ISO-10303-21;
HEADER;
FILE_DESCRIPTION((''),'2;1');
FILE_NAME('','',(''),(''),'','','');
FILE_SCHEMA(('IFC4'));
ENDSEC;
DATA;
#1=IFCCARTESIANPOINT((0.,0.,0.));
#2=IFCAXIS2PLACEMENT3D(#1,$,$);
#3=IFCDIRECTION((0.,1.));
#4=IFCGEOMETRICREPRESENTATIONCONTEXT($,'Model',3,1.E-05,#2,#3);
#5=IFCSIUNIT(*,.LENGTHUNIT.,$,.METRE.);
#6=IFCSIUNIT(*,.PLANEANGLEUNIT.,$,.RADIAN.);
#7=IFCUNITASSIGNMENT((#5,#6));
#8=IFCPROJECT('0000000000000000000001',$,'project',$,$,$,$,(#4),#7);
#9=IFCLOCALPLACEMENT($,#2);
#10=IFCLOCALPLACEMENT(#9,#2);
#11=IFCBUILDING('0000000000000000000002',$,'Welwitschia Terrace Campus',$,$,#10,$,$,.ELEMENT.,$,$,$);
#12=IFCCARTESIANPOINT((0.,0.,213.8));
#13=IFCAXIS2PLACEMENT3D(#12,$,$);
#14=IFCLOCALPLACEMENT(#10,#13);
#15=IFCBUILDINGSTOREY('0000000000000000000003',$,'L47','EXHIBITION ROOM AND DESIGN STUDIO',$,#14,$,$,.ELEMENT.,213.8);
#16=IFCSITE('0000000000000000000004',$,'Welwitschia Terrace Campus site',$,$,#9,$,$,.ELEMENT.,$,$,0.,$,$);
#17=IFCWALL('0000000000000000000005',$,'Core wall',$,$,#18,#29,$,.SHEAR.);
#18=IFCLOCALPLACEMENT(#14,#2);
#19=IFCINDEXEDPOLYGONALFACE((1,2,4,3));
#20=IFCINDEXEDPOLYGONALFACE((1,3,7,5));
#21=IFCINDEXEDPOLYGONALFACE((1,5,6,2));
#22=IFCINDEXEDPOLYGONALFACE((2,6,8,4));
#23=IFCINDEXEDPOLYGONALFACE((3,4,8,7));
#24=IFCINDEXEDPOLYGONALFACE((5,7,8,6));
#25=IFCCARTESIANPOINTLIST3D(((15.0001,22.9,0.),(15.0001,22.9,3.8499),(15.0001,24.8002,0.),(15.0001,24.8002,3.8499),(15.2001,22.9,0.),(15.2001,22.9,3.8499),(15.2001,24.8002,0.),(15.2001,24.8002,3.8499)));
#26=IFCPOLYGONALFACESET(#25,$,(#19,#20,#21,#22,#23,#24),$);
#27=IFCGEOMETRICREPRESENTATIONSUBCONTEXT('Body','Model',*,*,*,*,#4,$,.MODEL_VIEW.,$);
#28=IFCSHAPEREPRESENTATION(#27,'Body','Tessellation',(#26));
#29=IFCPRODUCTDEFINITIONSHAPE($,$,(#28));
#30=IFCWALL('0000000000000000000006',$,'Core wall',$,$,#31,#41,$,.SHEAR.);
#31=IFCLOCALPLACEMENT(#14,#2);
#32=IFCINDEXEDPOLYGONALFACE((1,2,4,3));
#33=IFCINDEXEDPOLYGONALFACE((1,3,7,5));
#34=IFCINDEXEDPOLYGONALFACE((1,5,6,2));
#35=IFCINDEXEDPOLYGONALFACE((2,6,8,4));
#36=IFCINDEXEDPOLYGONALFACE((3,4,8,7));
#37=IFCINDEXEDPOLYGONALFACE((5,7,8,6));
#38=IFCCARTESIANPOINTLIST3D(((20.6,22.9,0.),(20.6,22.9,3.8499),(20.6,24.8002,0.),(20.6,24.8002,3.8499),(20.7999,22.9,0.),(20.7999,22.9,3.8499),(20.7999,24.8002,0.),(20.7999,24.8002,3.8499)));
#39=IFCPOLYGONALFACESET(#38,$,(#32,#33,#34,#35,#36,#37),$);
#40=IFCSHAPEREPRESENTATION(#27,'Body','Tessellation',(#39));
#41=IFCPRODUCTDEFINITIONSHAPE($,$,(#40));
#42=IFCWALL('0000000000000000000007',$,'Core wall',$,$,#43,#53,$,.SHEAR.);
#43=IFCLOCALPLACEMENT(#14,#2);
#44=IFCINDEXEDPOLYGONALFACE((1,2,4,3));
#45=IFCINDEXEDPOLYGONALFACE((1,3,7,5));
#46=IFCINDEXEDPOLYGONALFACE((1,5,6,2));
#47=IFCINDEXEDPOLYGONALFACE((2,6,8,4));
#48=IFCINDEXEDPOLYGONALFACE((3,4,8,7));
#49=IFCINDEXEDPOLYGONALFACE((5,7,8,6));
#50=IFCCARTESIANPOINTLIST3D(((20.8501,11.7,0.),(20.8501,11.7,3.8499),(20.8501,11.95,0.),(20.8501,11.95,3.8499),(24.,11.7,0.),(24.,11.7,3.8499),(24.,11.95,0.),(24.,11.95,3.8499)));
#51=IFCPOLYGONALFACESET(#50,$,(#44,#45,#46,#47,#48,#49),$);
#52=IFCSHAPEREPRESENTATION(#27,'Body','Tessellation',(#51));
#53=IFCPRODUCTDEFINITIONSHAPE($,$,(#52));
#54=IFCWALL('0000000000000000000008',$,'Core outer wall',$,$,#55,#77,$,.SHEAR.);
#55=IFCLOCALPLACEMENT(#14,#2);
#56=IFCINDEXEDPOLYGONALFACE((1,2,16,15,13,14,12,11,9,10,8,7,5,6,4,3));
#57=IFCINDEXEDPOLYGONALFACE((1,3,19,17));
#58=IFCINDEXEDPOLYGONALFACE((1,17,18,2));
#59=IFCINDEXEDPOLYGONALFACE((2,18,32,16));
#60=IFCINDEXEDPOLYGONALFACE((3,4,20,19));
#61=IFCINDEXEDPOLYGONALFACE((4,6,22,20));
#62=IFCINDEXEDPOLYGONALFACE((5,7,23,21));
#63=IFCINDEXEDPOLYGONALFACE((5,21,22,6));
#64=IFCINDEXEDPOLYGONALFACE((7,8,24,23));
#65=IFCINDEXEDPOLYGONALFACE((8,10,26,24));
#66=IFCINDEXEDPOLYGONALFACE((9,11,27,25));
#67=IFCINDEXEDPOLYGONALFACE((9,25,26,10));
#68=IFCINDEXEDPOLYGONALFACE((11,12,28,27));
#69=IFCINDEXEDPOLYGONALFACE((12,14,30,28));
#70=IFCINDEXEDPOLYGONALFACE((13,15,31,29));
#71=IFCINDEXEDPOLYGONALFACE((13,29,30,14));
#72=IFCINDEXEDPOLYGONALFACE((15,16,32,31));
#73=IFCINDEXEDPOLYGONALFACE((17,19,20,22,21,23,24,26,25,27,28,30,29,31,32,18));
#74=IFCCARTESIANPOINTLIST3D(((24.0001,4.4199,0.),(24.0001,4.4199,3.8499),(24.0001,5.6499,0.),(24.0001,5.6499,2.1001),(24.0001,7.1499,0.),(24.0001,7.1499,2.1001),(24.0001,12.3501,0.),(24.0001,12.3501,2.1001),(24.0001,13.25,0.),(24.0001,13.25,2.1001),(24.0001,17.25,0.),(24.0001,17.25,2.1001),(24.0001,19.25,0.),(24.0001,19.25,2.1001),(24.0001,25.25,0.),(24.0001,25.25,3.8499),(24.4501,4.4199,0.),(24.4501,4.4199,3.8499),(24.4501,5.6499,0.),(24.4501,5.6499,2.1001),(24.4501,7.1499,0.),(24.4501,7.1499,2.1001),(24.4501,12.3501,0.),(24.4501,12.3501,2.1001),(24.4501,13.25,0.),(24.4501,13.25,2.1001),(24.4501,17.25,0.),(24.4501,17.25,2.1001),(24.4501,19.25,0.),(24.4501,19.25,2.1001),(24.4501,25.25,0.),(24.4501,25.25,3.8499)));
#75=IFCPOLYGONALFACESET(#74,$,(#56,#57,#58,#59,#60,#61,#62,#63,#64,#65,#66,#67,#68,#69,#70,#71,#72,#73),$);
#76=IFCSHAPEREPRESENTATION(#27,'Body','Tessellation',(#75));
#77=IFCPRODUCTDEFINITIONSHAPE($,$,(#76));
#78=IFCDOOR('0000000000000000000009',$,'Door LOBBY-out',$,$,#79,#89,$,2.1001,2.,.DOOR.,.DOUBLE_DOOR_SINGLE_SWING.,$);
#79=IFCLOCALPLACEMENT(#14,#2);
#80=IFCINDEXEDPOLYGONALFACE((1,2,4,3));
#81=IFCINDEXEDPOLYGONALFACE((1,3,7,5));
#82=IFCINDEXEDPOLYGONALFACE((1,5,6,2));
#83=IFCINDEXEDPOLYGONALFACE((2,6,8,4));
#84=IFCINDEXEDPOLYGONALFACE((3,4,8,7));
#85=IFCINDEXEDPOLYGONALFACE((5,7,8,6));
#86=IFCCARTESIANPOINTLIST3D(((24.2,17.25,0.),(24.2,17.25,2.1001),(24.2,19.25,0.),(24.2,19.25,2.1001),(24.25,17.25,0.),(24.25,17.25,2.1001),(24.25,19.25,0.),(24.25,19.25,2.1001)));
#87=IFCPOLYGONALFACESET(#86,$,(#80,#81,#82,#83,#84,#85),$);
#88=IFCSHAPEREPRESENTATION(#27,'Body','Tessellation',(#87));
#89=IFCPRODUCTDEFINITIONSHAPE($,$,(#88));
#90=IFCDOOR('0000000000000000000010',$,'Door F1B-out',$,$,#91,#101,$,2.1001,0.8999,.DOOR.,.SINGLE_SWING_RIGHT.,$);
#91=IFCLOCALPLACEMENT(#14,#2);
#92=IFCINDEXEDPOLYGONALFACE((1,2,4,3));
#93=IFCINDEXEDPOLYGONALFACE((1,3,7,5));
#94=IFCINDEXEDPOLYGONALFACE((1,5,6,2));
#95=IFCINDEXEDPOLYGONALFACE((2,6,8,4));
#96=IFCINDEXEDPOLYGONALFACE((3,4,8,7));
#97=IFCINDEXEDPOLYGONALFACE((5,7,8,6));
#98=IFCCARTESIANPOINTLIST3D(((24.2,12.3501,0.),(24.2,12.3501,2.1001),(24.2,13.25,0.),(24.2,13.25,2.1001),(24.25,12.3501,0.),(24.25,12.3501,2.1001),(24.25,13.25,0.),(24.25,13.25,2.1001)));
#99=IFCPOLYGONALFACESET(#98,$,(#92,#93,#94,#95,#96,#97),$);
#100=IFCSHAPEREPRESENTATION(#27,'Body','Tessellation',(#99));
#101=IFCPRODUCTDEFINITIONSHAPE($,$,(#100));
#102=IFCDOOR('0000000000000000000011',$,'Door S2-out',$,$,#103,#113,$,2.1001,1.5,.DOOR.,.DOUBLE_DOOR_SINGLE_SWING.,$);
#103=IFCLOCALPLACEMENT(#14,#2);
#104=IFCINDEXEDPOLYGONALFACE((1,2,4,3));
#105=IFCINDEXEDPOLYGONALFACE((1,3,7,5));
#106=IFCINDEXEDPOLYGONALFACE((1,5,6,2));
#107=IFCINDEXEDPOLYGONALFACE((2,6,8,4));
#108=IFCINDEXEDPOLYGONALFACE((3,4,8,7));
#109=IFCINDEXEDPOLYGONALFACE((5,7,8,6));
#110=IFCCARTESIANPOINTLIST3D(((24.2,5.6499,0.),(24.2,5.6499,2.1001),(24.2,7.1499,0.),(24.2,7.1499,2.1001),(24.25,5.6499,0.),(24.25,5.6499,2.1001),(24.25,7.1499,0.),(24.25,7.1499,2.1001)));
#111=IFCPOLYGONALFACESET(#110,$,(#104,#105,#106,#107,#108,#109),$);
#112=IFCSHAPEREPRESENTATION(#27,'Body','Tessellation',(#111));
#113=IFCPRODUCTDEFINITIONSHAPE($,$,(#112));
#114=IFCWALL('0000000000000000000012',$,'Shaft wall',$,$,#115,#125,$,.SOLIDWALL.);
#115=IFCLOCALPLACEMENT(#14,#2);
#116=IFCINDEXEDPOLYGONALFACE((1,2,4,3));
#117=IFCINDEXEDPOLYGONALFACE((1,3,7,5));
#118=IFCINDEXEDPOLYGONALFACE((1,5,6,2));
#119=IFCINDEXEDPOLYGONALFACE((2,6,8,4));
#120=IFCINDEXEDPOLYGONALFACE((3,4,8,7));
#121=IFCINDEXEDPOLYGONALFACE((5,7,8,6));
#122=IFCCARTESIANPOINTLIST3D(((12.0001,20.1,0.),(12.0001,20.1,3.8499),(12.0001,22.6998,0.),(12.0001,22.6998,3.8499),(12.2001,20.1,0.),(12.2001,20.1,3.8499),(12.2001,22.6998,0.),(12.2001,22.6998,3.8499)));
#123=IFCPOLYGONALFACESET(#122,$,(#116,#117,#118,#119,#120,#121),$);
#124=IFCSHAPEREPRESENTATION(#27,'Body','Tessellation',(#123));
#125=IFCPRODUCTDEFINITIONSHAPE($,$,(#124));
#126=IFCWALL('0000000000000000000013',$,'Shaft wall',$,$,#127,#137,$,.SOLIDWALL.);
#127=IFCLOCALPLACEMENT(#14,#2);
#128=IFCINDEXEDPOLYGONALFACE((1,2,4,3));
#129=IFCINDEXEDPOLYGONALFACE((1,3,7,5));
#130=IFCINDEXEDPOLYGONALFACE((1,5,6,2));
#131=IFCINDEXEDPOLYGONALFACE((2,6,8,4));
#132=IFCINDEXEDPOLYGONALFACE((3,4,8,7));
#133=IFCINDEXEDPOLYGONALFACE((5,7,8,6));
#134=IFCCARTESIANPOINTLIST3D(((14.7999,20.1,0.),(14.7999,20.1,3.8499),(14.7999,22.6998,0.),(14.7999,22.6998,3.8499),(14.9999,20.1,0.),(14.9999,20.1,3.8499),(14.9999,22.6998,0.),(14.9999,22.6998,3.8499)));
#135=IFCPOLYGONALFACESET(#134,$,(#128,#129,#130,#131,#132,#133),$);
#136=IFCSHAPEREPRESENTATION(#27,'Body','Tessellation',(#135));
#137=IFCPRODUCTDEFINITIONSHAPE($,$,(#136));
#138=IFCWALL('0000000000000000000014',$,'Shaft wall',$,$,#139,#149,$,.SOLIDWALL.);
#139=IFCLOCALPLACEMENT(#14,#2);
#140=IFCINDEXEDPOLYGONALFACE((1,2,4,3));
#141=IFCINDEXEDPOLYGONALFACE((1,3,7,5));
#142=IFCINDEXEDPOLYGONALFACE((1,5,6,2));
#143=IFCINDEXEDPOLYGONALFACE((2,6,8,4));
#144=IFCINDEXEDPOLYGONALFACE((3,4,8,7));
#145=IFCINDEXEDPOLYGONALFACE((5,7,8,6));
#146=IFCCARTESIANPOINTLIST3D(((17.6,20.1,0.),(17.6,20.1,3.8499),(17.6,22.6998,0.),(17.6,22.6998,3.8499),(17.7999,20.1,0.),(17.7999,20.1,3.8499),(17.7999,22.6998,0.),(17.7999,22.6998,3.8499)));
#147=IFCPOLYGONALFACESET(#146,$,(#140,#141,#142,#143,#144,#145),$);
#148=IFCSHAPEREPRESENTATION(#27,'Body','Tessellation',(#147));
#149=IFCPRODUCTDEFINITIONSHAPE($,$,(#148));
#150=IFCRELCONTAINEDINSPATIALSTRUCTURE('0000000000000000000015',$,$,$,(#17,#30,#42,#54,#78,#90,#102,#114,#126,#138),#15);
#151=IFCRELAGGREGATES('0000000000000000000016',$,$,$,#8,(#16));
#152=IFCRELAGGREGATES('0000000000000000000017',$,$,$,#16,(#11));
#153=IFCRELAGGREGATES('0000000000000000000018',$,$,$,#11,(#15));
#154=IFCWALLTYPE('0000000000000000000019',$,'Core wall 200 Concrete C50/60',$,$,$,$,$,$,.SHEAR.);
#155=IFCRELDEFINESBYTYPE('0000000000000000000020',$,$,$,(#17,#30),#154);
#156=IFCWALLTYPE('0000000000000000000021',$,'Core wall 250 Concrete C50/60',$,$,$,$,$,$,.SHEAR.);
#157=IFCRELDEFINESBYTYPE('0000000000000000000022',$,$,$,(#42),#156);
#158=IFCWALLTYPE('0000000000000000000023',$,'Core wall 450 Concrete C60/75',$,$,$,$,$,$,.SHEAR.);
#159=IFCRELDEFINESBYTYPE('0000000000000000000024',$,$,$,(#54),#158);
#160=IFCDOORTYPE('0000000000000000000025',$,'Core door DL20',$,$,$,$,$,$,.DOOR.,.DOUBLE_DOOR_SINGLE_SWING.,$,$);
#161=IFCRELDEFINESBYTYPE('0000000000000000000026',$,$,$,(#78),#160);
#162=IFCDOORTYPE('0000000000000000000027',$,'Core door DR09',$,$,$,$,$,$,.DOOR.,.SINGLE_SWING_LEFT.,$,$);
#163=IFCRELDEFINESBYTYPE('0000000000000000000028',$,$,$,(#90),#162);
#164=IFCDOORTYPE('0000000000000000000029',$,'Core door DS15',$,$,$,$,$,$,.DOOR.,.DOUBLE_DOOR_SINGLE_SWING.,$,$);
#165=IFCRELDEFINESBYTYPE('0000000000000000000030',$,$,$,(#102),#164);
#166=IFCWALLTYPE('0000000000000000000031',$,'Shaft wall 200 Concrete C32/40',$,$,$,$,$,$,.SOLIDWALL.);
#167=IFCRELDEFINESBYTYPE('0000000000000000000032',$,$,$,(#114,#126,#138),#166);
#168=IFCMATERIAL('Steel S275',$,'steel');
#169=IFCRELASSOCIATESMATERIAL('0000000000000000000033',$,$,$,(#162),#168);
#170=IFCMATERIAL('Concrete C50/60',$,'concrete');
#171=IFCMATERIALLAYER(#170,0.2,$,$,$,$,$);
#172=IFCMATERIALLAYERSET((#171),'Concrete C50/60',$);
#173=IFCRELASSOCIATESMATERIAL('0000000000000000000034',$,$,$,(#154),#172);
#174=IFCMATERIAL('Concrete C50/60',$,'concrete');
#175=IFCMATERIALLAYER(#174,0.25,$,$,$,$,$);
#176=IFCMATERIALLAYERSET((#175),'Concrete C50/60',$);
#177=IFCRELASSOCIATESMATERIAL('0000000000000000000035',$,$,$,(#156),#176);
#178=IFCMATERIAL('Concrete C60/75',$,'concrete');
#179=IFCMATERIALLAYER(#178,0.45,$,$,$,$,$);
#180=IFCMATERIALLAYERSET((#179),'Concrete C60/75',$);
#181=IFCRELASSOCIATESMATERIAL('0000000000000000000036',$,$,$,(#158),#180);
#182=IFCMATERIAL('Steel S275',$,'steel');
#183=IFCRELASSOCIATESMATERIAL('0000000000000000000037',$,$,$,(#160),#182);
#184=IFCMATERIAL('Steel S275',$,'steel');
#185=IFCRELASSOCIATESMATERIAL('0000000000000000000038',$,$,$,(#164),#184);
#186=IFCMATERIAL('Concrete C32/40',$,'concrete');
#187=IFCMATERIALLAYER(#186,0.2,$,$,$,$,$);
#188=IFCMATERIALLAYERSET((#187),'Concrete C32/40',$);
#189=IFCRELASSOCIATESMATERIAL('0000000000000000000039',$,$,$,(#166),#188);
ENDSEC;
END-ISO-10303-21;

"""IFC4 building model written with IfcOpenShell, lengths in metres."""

from ifc_helpers import new_model, si_unit, direction, frame, frame_2d, origin, place, context, subcontext, project, spatial, rectangle, extrude, material, layer, layer_set, type_object, element, fill, save


model = new_model("IFC4")

# Units and contexts
model_context = context("Model", 3, precision=1e-05, world=origin(), true_north=direction((0.0, 1.0)))
body_context = subcontext(model_context, "Body", "Model", "MODEL_VIEW")
ifc_project = project(units=[si_unit("LENGTHUNIT", "METRE"), si_unit("PLANEANGLEUNIT", "RADIAN")], contexts=[model_context])

# Site, building, storey
site_placement = place(None, origin())
site = spatial("IfcSite", under=ifc_project, at=site_placement, Name="Welwitschia Terrace Campus site", CompositionType="ELEMENT", RefElevation=0.0)
building_placement = place(site_placement, origin())
building = spatial("IfcBuilding", under=site, at=building_placement, Name="Welwitschia Terrace Campus", CompositionType="ELEMENT")
storey_placement = place(building_placement, frame((0.0, 0.0, 213.8)))
storey = spatial("IfcBuildingStorey", under=building, at=storey_placement, Name="L47", Description="EXHIBITION ROOM AND DESIGN STUDIO", CompositionType="ELEMENT", Elevation=213.8)

# Shared definitions
ifc_material_1 = material(Name="Steel S275", Category="steel")
door_type_1 = type_object("IfcDoorType", Name="Core door DR09", OperationType="SINGLE_SWING_LEFT", PredefinedType="DOOR", material=ifc_material_1)

# Walls
ifc_material_2 = material(Name="Concrete C50/60", Category="concrete")
ifc_layer_1 = layer(ifc_material_2, 0.2)
ifc_layer_set_1 = layer_set([ifc_layer_1], Name="Concrete C50/60")
wall_type_1 = type_object("IfcWallType", Name="Core wall 200 Concrete C50/60", PredefinedType="SHEAR", material=ifc_layer_set_1)
for number, where, z_axis, x_axis, name in (
    (1, (15.1001, 22.8999, 0.0), (0.0, 0.0, 1.0), (0.0, 1.0, 0.0), "Core wall"),
    (2, (20.7, 22.8999, 0.0), (0.0, 0.0, 1.0), (0.0, 1.0, 0.0), "Core wall"),
):
    element("IfcWall", number, at=place(storey_placement, frame(where, z_axis=z_axis, x_axis=x_axis)), inside=storey, type_object=wall_type_1, Name=name, PredefinedType="SHEAR", context=body_context, shape_type="SweptSolid", body=[
        extrude(rectangle(XDim=1.9001, YDim=0.2, at=frame_2d((0.9502, 0.0))), origin(), (0.0, 0.0, 1.0), 3.8499),
    ])
ifc_material_3 = material(Name="Concrete C50/60", Category="concrete")
ifc_layer_2 = layer(ifc_material_3, 0.25)
ifc_layer_set_2 = layer_set([ifc_layer_2], Name="Concrete C50/60")
wall_type_2 = type_object("IfcWallType", Name="Core wall 250 Concrete C50/60", PredefinedType="SHEAR", material=ifc_layer_set_2)
wall_1_placement = place(storey_placement, frame((20.8501, 11.825, 0.0), z_axis=(0.0, 0.0, 1.0), x_axis=(1.0, 0.0, 0.0)))
element("IfcWall", 3, at=wall_1_placement, inside=storey, type_object=wall_type_2, Name="Core wall", PredefinedType="SHEAR", context=body_context, shape_type="SweptSolid", body=[
    extrude(rectangle(XDim=3.1499, YDim=0.25, at=frame_2d((1.575, 0.0))), origin(), (0.0, 0.0, 1.0), 3.8499),
])

# Wall, openings, doors
ifc_material_4 = material(Name="Concrete C60/75", Category="concrete")
ifc_layer_3 = layer(ifc_material_4, 0.45)
ifc_layer_set_3 = layer_set([ifc_layer_3], Name="Concrete C60/75")
wall_type_3 = type_object("IfcWallType", Name="Core wall 450 Concrete C60/75", PredefinedType="SHEAR", material=ifc_layer_set_3)
wall_2_placement = place(storey_placement, frame((24.2251, 25.25, 0.0), z_axis=(0.0, 0.0, 1.0), x_axis=(0.0, -1.0, 0.0)))
wall_2 = element("IfcWall", 4, at=wall_2_placement, inside=storey, type_object=wall_type_3, Name="Core outer wall", PredefinedType="SHEAR", context=body_context, shape_type="SweptSolid", body=[
    extrude(rectangle(XDim=20.8301, YDim=0.45, at=frame_2d((10.415, 0.0))), origin(), (0.0, 0.0, 1.0), 3.8499),
])
opening_1_placement = place(wall_2_placement, frame((18.1001, 0.0, 0.0)))
opening_1 = element("IfcOpeningElement", 5, at=opening_1_placement, cuts=wall_2, PredefinedType="OPENING", context=body_context, shape_type="SweptSolid", body=[
    extrude(rectangle(XDim=1.5, YDim=2.1001, at=frame_2d((0.75, 1.05))), frame((0.0, 0.2349, 0.0), z_axis=(0.0, -1.0, 0.0), x_axis=(1.0, 0.0, 0.0)), (0.0, 0.0, 1.0), 0.47),
])
opening_2_placement = place(wall_2_placement, frame((12.0, 0.0, 0.0)))
opening_2 = element("IfcOpeningElement", 6, at=opening_2_placement, cuts=wall_2, PredefinedType="OPENING", context=body_context, shape_type="SweptSolid", body=[
    extrude(rectangle(XDim=0.8999, YDim=2.1001, at=frame_2d((0.45, 1.05))), frame((0.0, 0.2349, 0.0), z_axis=(0.0, -1.0, 0.0), x_axis=(1.0, 0.0, 0.0)), (0.0, 0.0, 1.0), 0.47),
])
opening_3_placement = place(wall_2_placement, frame((6.0, 0.0, 0.0)))
opening_3 = element("IfcOpeningElement", 7, at=opening_3_placement, cuts=wall_2, PredefinedType="OPENING", context=body_context, shape_type="SweptSolid", body=[
    extrude(rectangle(XDim=2.0, YDim=2.1001, at=frame_2d((1.0, 1.05))), frame((0.0, 0.2349, 0.0), z_axis=(0.0, -1.0, 0.0), x_axis=(1.0, 0.0, 0.0)), (0.0, 0.0, 1.0), 0.47),
])
ifc_material_5 = material(Name="Steel S275", Category="steel")
door_type_2 = type_object("IfcDoorType", Name="Core door DL20", OperationType="DOUBLE_DOOR_SINGLE_SWING", PredefinedType="DOOR", material=ifc_material_5)
door_1_placement = place(opening_3_placement, origin())
door_1 = element("IfcDoor", 8, at=door_1_placement, inside=storey, type_object=door_type_2, Name="Door LOBBY-out", OperationType="DOUBLE_DOOR_SINGLE_SWING", OverallHeight=2.1001, OverallWidth=2.0, PredefinedType="DOOR", context=body_context, shape_type="SweptSolid", body=[
    extrude(rectangle(XDim=2.0, YDim=2.1001, at=frame_2d((1.0, 1.05))), frame((0.0, 0.0249, 0.0), z_axis=(0.0, -1.0, 0.0), x_axis=(1.0, 0.0, 0.0)), (0.0, 0.0, 1.0), 0.05),
])
fill(opening_3, door_1)
door_2_placement = place(opening_2_placement, origin())
door_2 = element("IfcDoor", 9, at=door_2_placement, inside=storey, type_object=door_type_1, Name="Door F1B-out", OperationType="SINGLE_SWING_RIGHT", OverallHeight=2.1001, OverallWidth=0.8999, PredefinedType="DOOR", context=body_context, shape_type="SweptSolid", body=[
    extrude(rectangle(XDim=0.8999, YDim=2.1001, at=frame_2d((0.45, 1.05))), frame((0.0, 0.0249, 0.0), z_axis=(0.0, -1.0, 0.0), x_axis=(1.0, 0.0, 0.0)), (0.0, 0.0, 1.0), 0.05),
])
fill(opening_2, door_2)
ifc_material_6 = material(Name="Steel S275", Category="steel")
door_type_3 = type_object("IfcDoorType", Name="Core door DS15", OperationType="DOUBLE_DOOR_SINGLE_SWING", PredefinedType="DOOR", material=ifc_material_6)
door_3_placement = place(opening_1_placement, origin())
door_3 = element("IfcDoor", 10, at=door_3_placement, inside=storey, type_object=door_type_3, Name="Door S2-out", OperationType="DOUBLE_DOOR_SINGLE_SWING", OverallHeight=2.1001, OverallWidth=1.5, PredefinedType="DOOR", context=body_context, shape_type="SweptSolid", body=[
    extrude(rectangle(XDim=1.5, YDim=2.1001, at=frame_2d((0.75, 1.05))), frame((0.0, 0.0249, 0.0), z_axis=(0.0, -1.0, 0.0), x_axis=(1.0, 0.0, 0.0)), (0.0, 0.0, 1.0), 0.05),
])
fill(opening_1, door_3)

# Walls
ifc_material_7 = material(Name="Concrete C32/40", Category="concrete")
ifc_layer_4 = layer(ifc_material_7, 0.2)
ifc_layer_set_4 = layer_set([ifc_layer_4], Name="Concrete C32/40")
wall_type_4 = type_object("IfcWallType", Name="Shaft wall 200 Concrete C32/40", PredefinedType="SOLIDWALL", material=ifc_layer_set_4)
for number, where, z_axis, x_axis, name in (
    (11, (12.1001, 20.1001, 0.0), (0.0, 0.0, 1.0), (0.0, 1.0, 0.0), "Shaft wall"),
    (12, (14.8999, 20.1001, 0.0), (0.0, 0.0, 1.0), (0.0, 1.0, 0.0), "Shaft wall"),
    (13, (17.7, 20.1001, 0.0), (0.0, 0.0, 1.0), (0.0, 1.0, 0.0), "Shaft wall"),
):
    element("IfcWall", number, at=place(storey_placement, frame(where, z_axis=z_axis, x_axis=x_axis)), inside=storey, type_object=wall_type_4, Name=name, PredefinedType="SOLIDWALL", context=body_context, shape_type="SweptSolid", body=[
        extrude(rectangle(XDim=2.5999, YDim=0.2, at=frame_2d((1.2998, 0.0))), origin(), (0.0, 0.0, 1.0), 3.8499),
    ])

save(model, "model.ifc")
